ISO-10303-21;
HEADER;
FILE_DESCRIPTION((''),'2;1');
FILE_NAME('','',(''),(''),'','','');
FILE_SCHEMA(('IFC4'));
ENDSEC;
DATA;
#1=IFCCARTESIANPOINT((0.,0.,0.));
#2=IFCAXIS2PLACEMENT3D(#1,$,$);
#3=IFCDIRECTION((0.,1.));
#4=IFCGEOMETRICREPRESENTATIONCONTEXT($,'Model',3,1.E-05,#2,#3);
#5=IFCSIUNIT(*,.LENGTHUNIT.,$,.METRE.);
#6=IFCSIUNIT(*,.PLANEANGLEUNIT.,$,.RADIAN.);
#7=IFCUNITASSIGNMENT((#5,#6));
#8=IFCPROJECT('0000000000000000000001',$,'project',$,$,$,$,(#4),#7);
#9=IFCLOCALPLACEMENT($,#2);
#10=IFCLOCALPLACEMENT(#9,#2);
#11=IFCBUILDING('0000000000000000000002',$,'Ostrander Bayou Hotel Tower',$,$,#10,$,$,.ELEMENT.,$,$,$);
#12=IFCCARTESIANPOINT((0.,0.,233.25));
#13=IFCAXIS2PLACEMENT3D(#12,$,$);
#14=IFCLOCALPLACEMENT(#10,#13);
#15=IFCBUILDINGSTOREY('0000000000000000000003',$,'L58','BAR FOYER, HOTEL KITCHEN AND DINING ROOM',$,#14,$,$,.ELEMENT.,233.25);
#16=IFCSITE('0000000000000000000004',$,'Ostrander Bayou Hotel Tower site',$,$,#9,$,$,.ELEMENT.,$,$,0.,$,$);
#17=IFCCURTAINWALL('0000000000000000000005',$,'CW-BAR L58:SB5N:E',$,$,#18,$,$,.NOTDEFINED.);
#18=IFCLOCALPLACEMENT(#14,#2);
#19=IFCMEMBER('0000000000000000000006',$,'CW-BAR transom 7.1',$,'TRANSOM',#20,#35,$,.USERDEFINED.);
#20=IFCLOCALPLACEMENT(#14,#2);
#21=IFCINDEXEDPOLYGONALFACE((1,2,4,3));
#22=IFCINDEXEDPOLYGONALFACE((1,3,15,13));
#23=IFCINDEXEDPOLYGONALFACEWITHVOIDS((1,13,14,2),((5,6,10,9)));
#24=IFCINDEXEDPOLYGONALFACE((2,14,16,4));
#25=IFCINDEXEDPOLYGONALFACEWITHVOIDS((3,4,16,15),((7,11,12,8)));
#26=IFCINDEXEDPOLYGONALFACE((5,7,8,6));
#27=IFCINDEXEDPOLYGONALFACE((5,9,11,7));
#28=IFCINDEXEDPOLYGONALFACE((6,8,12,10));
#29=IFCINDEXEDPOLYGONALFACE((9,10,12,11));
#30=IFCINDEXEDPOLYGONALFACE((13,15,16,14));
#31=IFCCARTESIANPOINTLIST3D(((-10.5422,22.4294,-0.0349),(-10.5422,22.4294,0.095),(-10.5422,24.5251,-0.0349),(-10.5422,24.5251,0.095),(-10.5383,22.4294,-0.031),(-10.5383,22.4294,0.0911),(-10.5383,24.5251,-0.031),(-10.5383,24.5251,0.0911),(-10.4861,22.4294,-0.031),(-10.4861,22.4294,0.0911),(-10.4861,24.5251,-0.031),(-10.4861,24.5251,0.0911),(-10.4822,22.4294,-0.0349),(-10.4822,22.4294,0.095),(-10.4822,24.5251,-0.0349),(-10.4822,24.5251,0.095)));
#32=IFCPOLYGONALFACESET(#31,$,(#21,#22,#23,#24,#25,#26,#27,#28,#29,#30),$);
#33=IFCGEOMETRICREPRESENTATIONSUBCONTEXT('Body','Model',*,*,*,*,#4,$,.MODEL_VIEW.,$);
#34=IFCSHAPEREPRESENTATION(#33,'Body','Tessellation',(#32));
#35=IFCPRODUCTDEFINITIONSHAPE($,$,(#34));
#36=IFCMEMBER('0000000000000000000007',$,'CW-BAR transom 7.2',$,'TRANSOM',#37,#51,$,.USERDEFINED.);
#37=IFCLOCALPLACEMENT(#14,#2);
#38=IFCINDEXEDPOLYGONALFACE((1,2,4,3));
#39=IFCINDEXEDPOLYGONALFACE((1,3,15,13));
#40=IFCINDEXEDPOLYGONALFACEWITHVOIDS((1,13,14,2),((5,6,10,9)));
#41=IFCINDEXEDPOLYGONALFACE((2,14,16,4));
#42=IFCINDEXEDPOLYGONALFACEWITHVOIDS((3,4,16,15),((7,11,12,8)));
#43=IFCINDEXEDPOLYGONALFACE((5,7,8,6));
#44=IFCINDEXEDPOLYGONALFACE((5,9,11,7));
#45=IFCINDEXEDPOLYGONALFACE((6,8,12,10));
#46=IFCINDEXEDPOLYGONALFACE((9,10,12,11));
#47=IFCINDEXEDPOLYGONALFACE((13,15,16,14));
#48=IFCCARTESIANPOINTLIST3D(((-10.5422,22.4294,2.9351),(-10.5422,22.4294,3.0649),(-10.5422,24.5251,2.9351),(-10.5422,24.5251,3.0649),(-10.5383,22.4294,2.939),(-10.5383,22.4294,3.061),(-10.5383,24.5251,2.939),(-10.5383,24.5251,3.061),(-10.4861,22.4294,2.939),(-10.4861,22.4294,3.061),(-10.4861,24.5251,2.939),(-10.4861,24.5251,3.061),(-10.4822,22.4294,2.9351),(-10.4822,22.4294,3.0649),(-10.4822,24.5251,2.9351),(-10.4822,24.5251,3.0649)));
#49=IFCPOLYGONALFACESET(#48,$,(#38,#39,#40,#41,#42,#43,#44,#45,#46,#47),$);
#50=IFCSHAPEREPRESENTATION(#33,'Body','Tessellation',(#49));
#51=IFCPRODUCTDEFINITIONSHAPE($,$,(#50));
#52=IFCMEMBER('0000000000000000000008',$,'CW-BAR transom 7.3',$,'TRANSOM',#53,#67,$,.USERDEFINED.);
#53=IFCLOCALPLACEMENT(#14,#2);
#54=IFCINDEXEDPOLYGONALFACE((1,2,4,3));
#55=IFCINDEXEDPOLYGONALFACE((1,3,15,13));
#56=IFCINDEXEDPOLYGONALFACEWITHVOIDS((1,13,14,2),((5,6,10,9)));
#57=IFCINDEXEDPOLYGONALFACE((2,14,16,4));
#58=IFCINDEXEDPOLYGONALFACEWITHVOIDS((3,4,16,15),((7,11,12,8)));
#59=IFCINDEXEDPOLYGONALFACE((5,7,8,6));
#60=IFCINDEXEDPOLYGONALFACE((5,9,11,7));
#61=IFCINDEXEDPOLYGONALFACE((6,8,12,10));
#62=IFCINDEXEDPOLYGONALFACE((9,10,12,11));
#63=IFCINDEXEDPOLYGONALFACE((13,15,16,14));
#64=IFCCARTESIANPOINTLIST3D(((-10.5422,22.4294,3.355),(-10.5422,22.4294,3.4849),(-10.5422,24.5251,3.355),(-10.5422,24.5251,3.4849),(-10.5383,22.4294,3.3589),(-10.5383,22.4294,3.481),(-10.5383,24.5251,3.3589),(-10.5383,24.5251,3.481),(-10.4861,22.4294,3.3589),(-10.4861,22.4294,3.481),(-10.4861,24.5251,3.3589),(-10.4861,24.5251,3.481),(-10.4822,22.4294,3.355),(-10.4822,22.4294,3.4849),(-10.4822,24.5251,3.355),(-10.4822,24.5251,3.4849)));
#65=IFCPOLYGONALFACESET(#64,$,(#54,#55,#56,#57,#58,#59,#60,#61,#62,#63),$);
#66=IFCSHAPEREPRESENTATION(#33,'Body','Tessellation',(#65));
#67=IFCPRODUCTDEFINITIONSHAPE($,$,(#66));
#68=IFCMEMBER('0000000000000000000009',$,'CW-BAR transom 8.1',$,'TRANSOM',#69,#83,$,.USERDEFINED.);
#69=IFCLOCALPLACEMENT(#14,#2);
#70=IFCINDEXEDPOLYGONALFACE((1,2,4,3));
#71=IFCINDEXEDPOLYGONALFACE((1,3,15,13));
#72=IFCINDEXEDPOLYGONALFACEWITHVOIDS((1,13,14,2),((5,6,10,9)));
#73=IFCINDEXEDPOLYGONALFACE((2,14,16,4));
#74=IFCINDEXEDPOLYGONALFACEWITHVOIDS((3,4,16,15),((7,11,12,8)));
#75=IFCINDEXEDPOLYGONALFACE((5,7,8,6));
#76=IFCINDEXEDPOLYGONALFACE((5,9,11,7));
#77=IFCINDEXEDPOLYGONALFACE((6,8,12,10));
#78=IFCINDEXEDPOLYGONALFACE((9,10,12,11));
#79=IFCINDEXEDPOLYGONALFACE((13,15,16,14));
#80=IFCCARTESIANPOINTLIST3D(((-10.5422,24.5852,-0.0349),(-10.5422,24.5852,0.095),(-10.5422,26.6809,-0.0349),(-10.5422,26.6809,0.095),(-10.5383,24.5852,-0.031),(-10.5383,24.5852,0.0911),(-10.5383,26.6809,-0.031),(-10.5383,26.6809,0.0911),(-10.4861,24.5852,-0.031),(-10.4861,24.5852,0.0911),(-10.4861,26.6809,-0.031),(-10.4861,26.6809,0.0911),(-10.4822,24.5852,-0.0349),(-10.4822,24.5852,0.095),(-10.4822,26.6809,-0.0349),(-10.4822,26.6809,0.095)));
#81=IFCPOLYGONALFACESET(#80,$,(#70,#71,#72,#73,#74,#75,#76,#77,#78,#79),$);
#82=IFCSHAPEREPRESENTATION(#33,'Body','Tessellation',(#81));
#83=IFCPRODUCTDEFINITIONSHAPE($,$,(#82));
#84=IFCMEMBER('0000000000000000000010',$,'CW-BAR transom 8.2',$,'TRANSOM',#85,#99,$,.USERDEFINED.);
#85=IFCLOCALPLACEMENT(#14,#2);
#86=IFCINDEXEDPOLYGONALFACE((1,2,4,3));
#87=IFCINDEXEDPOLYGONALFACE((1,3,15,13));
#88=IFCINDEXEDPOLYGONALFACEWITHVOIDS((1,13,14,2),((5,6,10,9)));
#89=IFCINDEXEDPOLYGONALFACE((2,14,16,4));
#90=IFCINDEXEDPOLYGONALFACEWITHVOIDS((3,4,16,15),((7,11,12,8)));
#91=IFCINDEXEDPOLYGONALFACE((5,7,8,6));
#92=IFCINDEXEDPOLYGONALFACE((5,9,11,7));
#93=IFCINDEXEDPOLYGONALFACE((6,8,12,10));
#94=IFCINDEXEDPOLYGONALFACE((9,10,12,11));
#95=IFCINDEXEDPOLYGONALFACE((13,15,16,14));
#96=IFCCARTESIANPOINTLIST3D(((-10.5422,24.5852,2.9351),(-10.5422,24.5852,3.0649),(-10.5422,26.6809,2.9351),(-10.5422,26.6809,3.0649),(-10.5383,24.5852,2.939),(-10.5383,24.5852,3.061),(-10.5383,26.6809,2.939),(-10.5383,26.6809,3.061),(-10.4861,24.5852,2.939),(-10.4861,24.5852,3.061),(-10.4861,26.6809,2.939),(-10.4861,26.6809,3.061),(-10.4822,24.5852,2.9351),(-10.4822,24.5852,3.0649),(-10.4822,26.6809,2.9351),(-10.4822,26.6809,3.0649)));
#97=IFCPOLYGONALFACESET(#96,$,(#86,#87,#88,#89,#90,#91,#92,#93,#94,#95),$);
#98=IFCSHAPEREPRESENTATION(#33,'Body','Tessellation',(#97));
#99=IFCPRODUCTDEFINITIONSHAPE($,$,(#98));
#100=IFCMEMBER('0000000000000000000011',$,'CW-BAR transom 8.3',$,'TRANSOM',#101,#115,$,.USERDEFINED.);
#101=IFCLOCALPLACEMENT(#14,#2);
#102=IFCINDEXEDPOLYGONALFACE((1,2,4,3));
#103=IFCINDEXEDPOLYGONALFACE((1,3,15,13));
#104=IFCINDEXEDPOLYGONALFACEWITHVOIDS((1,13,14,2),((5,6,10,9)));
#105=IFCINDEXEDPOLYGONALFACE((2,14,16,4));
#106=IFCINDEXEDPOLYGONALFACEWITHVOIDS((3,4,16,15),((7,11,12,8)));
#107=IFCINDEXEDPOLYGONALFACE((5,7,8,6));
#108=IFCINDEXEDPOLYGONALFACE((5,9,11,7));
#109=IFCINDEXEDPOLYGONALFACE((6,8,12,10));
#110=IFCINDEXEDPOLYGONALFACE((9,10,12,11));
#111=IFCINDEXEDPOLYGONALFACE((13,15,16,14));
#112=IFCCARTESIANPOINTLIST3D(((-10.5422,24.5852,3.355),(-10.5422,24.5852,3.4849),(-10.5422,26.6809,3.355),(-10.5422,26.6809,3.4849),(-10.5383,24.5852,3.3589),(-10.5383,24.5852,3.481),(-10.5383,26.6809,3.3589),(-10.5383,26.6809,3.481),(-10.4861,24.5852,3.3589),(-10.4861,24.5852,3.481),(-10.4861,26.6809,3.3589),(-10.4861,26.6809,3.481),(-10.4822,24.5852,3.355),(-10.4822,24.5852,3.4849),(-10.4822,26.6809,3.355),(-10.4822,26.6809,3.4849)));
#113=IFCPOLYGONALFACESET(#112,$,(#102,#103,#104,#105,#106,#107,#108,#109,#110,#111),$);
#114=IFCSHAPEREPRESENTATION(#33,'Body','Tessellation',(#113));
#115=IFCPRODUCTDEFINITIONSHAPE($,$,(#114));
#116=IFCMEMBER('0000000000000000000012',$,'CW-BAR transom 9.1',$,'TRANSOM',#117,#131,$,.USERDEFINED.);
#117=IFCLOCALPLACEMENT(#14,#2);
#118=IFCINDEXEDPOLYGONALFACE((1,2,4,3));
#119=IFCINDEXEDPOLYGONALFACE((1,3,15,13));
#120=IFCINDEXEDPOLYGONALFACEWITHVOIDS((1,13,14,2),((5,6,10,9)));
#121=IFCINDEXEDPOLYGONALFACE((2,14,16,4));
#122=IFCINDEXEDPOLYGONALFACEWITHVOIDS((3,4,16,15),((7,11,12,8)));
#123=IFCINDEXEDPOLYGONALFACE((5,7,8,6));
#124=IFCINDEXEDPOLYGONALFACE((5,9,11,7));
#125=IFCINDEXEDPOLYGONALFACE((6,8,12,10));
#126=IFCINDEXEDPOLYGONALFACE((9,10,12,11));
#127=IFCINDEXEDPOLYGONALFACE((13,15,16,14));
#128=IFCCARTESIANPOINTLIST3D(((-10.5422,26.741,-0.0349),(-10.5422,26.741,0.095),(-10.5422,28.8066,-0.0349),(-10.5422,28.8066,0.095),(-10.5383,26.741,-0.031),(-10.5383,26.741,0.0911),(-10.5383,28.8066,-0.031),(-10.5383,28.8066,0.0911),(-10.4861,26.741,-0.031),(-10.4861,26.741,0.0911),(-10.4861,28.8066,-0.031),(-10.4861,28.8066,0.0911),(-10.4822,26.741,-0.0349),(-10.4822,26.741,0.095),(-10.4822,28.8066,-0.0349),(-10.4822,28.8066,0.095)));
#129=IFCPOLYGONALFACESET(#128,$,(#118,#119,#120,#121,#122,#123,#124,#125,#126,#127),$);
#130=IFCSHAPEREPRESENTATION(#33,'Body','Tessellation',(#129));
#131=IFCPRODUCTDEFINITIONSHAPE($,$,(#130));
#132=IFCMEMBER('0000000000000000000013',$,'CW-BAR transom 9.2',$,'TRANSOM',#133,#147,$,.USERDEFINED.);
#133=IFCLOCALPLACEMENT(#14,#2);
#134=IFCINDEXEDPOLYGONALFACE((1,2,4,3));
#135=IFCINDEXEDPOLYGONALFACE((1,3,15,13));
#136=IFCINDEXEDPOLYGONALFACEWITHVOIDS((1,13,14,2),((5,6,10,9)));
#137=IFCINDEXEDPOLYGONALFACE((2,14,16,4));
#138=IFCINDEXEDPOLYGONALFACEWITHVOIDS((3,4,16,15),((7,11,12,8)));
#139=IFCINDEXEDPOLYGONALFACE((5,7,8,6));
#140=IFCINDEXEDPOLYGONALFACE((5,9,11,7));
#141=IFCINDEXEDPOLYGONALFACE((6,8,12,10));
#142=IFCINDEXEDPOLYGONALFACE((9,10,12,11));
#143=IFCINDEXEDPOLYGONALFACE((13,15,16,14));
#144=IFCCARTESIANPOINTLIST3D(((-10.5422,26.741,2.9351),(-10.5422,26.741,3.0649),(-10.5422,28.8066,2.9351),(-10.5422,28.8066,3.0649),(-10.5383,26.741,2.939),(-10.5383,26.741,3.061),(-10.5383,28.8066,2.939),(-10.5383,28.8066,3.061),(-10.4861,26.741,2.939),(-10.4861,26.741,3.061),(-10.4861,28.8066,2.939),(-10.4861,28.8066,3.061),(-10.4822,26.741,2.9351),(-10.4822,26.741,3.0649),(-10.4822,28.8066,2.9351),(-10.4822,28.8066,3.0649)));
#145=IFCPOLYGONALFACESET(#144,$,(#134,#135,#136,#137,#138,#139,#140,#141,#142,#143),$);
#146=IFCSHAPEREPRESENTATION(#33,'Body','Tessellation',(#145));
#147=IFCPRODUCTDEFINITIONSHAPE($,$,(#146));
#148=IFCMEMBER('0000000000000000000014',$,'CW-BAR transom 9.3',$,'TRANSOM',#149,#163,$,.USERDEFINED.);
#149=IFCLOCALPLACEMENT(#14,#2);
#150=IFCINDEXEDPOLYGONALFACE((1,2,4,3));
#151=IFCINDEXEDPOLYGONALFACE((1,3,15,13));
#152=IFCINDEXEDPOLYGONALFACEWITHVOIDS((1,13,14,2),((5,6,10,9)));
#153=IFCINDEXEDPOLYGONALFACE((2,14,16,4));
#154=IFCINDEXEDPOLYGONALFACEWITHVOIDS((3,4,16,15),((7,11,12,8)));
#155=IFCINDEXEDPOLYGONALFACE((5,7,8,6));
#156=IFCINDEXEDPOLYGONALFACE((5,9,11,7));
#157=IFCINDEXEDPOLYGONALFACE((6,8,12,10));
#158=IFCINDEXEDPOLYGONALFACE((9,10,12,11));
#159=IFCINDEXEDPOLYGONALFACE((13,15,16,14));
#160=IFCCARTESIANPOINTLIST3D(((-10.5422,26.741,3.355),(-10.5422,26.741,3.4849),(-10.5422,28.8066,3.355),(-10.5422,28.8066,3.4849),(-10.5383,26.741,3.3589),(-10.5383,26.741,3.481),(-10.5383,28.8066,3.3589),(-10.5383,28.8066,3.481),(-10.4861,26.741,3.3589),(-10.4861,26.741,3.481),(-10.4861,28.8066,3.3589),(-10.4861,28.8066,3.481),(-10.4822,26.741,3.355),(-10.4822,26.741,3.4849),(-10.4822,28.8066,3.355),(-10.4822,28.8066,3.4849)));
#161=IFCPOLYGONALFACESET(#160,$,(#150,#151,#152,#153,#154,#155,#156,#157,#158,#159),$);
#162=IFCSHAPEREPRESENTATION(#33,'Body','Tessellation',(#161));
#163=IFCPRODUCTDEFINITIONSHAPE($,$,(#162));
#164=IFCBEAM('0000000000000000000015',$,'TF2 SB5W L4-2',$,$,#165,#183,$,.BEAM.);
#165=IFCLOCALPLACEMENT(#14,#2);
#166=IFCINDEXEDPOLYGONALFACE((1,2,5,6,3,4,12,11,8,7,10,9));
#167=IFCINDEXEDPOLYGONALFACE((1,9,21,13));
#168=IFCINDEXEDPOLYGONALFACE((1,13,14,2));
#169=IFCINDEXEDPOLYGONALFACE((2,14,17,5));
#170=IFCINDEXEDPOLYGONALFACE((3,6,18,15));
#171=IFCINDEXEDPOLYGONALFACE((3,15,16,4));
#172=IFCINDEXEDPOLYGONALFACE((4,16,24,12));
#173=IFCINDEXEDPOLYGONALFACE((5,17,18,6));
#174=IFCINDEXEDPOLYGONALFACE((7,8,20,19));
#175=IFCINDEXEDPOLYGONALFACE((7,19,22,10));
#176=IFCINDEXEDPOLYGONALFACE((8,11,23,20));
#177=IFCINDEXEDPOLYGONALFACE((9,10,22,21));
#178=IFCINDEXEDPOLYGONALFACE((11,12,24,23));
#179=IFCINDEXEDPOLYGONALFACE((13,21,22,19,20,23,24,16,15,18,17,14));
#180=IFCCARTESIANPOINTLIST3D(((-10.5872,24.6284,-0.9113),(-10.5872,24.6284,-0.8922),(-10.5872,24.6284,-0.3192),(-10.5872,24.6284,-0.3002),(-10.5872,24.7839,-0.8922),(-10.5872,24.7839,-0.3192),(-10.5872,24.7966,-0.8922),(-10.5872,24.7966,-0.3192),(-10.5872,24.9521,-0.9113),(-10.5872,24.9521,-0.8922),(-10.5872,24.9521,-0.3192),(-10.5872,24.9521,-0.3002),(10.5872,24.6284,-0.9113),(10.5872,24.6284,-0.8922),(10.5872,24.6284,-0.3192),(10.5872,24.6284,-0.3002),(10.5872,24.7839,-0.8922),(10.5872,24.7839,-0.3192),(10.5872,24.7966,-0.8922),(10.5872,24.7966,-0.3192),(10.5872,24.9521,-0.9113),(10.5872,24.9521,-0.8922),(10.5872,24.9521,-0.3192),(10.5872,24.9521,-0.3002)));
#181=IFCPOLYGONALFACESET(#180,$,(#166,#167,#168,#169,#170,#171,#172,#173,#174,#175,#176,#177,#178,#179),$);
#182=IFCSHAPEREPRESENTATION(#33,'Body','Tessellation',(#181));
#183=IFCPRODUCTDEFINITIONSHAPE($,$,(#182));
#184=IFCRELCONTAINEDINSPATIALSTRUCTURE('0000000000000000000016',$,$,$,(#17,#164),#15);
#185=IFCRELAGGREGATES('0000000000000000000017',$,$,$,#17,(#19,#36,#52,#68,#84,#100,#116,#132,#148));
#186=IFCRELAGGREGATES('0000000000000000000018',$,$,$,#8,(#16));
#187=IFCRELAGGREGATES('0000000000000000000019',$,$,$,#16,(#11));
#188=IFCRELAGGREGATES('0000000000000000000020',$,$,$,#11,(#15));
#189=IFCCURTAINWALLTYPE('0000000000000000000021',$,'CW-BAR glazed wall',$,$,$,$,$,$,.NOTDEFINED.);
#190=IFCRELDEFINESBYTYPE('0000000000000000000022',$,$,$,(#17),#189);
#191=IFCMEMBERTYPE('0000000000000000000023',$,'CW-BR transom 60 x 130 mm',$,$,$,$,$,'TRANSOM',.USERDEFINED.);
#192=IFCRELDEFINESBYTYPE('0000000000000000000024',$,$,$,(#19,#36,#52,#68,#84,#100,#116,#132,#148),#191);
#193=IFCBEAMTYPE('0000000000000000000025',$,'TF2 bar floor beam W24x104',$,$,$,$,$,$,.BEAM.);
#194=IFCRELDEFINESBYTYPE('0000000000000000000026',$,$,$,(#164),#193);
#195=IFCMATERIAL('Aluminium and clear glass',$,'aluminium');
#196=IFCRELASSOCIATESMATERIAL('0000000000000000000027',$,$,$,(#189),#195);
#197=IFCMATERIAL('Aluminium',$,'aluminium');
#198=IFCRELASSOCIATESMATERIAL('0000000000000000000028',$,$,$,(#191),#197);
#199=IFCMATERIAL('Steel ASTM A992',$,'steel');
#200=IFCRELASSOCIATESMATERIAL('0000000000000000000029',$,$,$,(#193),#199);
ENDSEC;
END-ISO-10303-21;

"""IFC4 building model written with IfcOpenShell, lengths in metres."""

from ifc_helpers import new_model, si_unit, direction, frame, origin, origin_2d, place, context, subcontext, project, spatial, hollow_rectangle, i_section, extrude, material, material_profile, profile_set, type_object, element, aggregate, save


model = new_model("IFC4")

# Units and contexts
model_context = context("Model", 3, precision=1e-05, world=origin(), true_north=direction((0.0, 1.0)))
body_context = subcontext(model_context, "Body", "Model", "MODEL_VIEW")
ifc_project = project(units=[si_unit("LENGTHUNIT", "METRE"), si_unit("PLANEANGLEUNIT", "RADIAN")], contexts=[model_context])

# Site, building, storey
site_placement = place(None, origin())
site = spatial("IfcSite", under=ifc_project, at=site_placement, Name="Ostrander Bayou Hotel Tower site", CompositionType="ELEMENT", RefElevation=0.0)
building_placement = place(site_placement, origin())
building = spatial("IfcBuilding", under=site, at=building_placement, Name="Ostrander Bayou Hotel Tower", CompositionType="ELEMENT")
storey_placement = place(building_placement, frame((0.0, 0.0, 233.25)))
storey = spatial("IfcBuildingStorey", under=building, at=storey_placement, Name="L58", Description="BAR FOYER, HOTEL KITCHEN AND DINING ROOM", CompositionType="ELEMENT", Elevation=233.25)

# Curtain wall, members
ifc_material_1 = material(Name="Aluminium and clear glass", Category="aluminium")
curtain_wall_type = type_object("IfcCurtainWallType", Name="CW-BAR glazed wall", PredefinedType="NOTDEFINED", material=ifc_material_1)
curtain_wall_placement = place(storey_placement, origin())
curtain_wall = element("IfcCurtainWall", 1, at=curtain_wall_placement, inside=storey, type_object=curtain_wall_type, Name="CW-BAR L58:SB5N:E", PredefinedType="NOTDEFINED")
ifc_material_2 = material(Name="Aluminium", Category="aluminium")
ifc_material_profile_1 = material_profile(ifc_material_2, hollow_rectangle(XDim=0.0601, YDim=0.1299, WallThickness=0.0039, at=origin_2d()))
ifc_profile_set_1 = profile_set([ifc_material_profile_1], Name="Aluminium")
member_type_1 = type_object("IfcMemberType", Name="CW-BR transom 60 x 130 mm", ElementType="TRANSOM", PredefinedType="USERDEFINED", material=ifc_profile_set_1)
member_1_placement = place(storey_placement, frame((-10.5122, 22.4294, 0.03), z_axis=(0.0, 1.0, 0.0), x_axis=(-1.0, 0.0, 0.0)))
member_1 = element("IfcMember", 2, at=member_1_placement, type_object=member_type_1, Name="CW-BAR transom 7.1", ObjectType="TRANSOM", PredefinedType="USERDEFINED", context=body_context, shape_type="SweptSolid", body=[
    extrude(hollow_rectangle(XDim=0.0601, YDim=0.1299, WallThickness=0.0039, at=origin_2d()), origin(), (0.0, 0.0, 1.0), 2.0957),
])
member_2_placement = place(storey_placement, frame((-10.5122, 22.4294, 3.0), z_axis=(0.0, 1.0, 0.0), x_axis=(-1.0, 0.0, 0.0)))
member_2 = element("IfcMember", 3, at=member_2_placement, type_object=member_type_1, Name="CW-BAR transom 7.2", ObjectType="TRANSOM", PredefinedType="USERDEFINED", context=body_context, shape_type="SweptSolid", body=[
    extrude(hollow_rectangle(XDim=0.0601, YDim=0.1299, WallThickness=0.0039, at=origin_2d()), origin(), (0.0, 0.0, 1.0), 2.0957),
])
member_3_placement = place(storey_placement, frame((-10.5122, 22.4294, 3.4199), z_axis=(0.0, 1.0, 0.0), x_axis=(-1.0, 0.0, 0.0)))
member_3 = element("IfcMember", 4, at=member_3_placement, type_object=member_type_1, Name="CW-BAR transom 7.3", ObjectType="TRANSOM", PredefinedType="USERDEFINED", context=body_context, shape_type="SweptSolid", body=[
    extrude(hollow_rectangle(XDim=0.0601, YDim=0.1299, WallThickness=0.0039, at=origin_2d()), origin(), (0.0, 0.0, 1.0), 2.0957),
])
member_4_placement = place(storey_placement, frame((-10.5122, 24.5852, 0.03), z_axis=(0.0, 1.0, 0.0), x_axis=(-1.0, 0.0, 0.0)))
member_4 = element("IfcMember", 5, at=member_4_placement, type_object=member_type_1, Name="CW-BAR transom 8.1", ObjectType="TRANSOM", PredefinedType="USERDEFINED", context=body_context, shape_type="SweptSolid", body=[
    extrude(hollow_rectangle(XDim=0.0601, YDim=0.1299, WallThickness=0.0039, at=origin_2d()), origin(), (0.0, 0.0, 1.0), 2.0957),
])
member_5_placement = place(storey_placement, frame((-10.5122, 24.5852, 3.0), z_axis=(0.0, 1.0, 0.0), x_axis=(-1.0, 0.0, 0.0)))
member_5 = element("IfcMember", 6, at=member_5_placement, type_object=member_type_1, Name="CW-BAR transom 8.2", ObjectType="TRANSOM", PredefinedType="USERDEFINED", context=body_context, shape_type="SweptSolid", body=[
    extrude(hollow_rectangle(XDim=0.0601, YDim=0.1299, WallThickness=0.0039, at=origin_2d()), origin(), (0.0, 0.0, 1.0), 2.0957),
])
member_6_placement = place(storey_placement, frame((-10.5122, 24.5852, 3.4199), z_axis=(0.0, 1.0, 0.0), x_axis=(-1.0, 0.0, 0.0)))
member_6 = element("IfcMember", 7, at=member_6_placement, type_object=member_type_1, Name="CW-BAR transom 8.3", ObjectType="TRANSOM", PredefinedType="USERDEFINED", context=body_context, shape_type="SweptSolid", body=[
    extrude(hollow_rectangle(XDim=0.0601, YDim=0.1299, WallThickness=0.0039, at=origin_2d()), origin(), (0.0, 0.0, 1.0), 2.0957),
])
member_7_placement = place(storey_placement, frame((-10.5122, 26.741, 0.03), z_axis=(0.0, 1.0, 0.0), x_axis=(-1.0, 0.0, 0.0)))
member_7 = element("IfcMember", 8, at=member_7_placement, type_object=member_type_1, Name="CW-BAR transom 9.1", ObjectType="TRANSOM", PredefinedType="USERDEFINED", context=body_context, shape_type="SweptSolid", body=[
    extrude(hollow_rectangle(XDim=0.0601, YDim=0.1299, WallThickness=0.0039, at=origin_2d()), origin(), (0.0, 0.0, 1.0), 2.0657),
])
member_8_placement = place(storey_placement, frame((-10.5122, 26.741, 3.0), z_axis=(0.0, 1.0, 0.0), x_axis=(-1.0, 0.0, 0.0)))
member_8 = element("IfcMember", 9, at=member_8_placement, type_object=member_type_1, Name="CW-BAR transom 9.2", ObjectType="TRANSOM", PredefinedType="USERDEFINED", context=body_context, shape_type="SweptSolid", body=[
    extrude(hollow_rectangle(XDim=0.0601, YDim=0.1299, WallThickness=0.0039, at=origin_2d()), origin(), (0.0, 0.0, 1.0), 2.0657),
])
member_9_placement = place(storey_placement, frame((-10.5122, 26.741, 3.4199), z_axis=(0.0, 1.0, 0.0), x_axis=(-1.0, 0.0, 0.0)))
member_9 = element("IfcMember", 10, at=member_9_placement, type_object=member_type_1, Name="CW-BAR transom 9.3", ObjectType="TRANSOM", PredefinedType="USERDEFINED", context=body_context, shape_type="SweptSolid", body=[
    extrude(hollow_rectangle(XDim=0.0601, YDim=0.1299, WallThickness=0.0039, at=origin_2d()), origin(), (0.0, 0.0, 1.0), 2.0657),
])

# Beam
ifc_material_3 = material(Name="Steel ASTM A992", Category="steel")
ifc_material_profile_2 = material_profile(ifc_material_3, i_section(OverallWidth=0.3237, OverallDepth=0.6111, WebThickness=0.0127, FlangeThickness=0.019, at=origin_2d()))
ifc_profile_set_2 = profile_set([ifc_material_profile_2], Name="Steel ASTM A992")
beam_type = type_object("IfcBeamType", Name="TF2 bar floor beam W24x104", PredefinedType="BEAM", material=ifc_profile_set_2)
for number, where, z_axis, x_axis, name in (
    (11, (-10.5872, 24.7903, -0.6057), (1.0, 0.0, 0.0), (0.0, 1.0, 0.0), "TF2 SB5W L4-2"),
):
    element("IfcBeam", number, at=place(storey_placement, frame(where, z_axis=z_axis, x_axis=x_axis)), inside=storey, type_object=beam_type, Name=name, PredefinedType="BEAM", context=body_context, shape_type="SweptSolid", body=[
        extrude(i_section(OverallWidth=0.3237, OverallDepth=0.6111, WebThickness=0.0127, FlangeThickness=0.019, at=origin_2d()), origin(), (0.0, 0.0, 1.0), 21.1743),
    ])

aggregate(curtain_wall, [member_1, member_2, member_3, member_4, member_5, member_6, member_7, member_8, member_9])

save(model, "model.ifc")
